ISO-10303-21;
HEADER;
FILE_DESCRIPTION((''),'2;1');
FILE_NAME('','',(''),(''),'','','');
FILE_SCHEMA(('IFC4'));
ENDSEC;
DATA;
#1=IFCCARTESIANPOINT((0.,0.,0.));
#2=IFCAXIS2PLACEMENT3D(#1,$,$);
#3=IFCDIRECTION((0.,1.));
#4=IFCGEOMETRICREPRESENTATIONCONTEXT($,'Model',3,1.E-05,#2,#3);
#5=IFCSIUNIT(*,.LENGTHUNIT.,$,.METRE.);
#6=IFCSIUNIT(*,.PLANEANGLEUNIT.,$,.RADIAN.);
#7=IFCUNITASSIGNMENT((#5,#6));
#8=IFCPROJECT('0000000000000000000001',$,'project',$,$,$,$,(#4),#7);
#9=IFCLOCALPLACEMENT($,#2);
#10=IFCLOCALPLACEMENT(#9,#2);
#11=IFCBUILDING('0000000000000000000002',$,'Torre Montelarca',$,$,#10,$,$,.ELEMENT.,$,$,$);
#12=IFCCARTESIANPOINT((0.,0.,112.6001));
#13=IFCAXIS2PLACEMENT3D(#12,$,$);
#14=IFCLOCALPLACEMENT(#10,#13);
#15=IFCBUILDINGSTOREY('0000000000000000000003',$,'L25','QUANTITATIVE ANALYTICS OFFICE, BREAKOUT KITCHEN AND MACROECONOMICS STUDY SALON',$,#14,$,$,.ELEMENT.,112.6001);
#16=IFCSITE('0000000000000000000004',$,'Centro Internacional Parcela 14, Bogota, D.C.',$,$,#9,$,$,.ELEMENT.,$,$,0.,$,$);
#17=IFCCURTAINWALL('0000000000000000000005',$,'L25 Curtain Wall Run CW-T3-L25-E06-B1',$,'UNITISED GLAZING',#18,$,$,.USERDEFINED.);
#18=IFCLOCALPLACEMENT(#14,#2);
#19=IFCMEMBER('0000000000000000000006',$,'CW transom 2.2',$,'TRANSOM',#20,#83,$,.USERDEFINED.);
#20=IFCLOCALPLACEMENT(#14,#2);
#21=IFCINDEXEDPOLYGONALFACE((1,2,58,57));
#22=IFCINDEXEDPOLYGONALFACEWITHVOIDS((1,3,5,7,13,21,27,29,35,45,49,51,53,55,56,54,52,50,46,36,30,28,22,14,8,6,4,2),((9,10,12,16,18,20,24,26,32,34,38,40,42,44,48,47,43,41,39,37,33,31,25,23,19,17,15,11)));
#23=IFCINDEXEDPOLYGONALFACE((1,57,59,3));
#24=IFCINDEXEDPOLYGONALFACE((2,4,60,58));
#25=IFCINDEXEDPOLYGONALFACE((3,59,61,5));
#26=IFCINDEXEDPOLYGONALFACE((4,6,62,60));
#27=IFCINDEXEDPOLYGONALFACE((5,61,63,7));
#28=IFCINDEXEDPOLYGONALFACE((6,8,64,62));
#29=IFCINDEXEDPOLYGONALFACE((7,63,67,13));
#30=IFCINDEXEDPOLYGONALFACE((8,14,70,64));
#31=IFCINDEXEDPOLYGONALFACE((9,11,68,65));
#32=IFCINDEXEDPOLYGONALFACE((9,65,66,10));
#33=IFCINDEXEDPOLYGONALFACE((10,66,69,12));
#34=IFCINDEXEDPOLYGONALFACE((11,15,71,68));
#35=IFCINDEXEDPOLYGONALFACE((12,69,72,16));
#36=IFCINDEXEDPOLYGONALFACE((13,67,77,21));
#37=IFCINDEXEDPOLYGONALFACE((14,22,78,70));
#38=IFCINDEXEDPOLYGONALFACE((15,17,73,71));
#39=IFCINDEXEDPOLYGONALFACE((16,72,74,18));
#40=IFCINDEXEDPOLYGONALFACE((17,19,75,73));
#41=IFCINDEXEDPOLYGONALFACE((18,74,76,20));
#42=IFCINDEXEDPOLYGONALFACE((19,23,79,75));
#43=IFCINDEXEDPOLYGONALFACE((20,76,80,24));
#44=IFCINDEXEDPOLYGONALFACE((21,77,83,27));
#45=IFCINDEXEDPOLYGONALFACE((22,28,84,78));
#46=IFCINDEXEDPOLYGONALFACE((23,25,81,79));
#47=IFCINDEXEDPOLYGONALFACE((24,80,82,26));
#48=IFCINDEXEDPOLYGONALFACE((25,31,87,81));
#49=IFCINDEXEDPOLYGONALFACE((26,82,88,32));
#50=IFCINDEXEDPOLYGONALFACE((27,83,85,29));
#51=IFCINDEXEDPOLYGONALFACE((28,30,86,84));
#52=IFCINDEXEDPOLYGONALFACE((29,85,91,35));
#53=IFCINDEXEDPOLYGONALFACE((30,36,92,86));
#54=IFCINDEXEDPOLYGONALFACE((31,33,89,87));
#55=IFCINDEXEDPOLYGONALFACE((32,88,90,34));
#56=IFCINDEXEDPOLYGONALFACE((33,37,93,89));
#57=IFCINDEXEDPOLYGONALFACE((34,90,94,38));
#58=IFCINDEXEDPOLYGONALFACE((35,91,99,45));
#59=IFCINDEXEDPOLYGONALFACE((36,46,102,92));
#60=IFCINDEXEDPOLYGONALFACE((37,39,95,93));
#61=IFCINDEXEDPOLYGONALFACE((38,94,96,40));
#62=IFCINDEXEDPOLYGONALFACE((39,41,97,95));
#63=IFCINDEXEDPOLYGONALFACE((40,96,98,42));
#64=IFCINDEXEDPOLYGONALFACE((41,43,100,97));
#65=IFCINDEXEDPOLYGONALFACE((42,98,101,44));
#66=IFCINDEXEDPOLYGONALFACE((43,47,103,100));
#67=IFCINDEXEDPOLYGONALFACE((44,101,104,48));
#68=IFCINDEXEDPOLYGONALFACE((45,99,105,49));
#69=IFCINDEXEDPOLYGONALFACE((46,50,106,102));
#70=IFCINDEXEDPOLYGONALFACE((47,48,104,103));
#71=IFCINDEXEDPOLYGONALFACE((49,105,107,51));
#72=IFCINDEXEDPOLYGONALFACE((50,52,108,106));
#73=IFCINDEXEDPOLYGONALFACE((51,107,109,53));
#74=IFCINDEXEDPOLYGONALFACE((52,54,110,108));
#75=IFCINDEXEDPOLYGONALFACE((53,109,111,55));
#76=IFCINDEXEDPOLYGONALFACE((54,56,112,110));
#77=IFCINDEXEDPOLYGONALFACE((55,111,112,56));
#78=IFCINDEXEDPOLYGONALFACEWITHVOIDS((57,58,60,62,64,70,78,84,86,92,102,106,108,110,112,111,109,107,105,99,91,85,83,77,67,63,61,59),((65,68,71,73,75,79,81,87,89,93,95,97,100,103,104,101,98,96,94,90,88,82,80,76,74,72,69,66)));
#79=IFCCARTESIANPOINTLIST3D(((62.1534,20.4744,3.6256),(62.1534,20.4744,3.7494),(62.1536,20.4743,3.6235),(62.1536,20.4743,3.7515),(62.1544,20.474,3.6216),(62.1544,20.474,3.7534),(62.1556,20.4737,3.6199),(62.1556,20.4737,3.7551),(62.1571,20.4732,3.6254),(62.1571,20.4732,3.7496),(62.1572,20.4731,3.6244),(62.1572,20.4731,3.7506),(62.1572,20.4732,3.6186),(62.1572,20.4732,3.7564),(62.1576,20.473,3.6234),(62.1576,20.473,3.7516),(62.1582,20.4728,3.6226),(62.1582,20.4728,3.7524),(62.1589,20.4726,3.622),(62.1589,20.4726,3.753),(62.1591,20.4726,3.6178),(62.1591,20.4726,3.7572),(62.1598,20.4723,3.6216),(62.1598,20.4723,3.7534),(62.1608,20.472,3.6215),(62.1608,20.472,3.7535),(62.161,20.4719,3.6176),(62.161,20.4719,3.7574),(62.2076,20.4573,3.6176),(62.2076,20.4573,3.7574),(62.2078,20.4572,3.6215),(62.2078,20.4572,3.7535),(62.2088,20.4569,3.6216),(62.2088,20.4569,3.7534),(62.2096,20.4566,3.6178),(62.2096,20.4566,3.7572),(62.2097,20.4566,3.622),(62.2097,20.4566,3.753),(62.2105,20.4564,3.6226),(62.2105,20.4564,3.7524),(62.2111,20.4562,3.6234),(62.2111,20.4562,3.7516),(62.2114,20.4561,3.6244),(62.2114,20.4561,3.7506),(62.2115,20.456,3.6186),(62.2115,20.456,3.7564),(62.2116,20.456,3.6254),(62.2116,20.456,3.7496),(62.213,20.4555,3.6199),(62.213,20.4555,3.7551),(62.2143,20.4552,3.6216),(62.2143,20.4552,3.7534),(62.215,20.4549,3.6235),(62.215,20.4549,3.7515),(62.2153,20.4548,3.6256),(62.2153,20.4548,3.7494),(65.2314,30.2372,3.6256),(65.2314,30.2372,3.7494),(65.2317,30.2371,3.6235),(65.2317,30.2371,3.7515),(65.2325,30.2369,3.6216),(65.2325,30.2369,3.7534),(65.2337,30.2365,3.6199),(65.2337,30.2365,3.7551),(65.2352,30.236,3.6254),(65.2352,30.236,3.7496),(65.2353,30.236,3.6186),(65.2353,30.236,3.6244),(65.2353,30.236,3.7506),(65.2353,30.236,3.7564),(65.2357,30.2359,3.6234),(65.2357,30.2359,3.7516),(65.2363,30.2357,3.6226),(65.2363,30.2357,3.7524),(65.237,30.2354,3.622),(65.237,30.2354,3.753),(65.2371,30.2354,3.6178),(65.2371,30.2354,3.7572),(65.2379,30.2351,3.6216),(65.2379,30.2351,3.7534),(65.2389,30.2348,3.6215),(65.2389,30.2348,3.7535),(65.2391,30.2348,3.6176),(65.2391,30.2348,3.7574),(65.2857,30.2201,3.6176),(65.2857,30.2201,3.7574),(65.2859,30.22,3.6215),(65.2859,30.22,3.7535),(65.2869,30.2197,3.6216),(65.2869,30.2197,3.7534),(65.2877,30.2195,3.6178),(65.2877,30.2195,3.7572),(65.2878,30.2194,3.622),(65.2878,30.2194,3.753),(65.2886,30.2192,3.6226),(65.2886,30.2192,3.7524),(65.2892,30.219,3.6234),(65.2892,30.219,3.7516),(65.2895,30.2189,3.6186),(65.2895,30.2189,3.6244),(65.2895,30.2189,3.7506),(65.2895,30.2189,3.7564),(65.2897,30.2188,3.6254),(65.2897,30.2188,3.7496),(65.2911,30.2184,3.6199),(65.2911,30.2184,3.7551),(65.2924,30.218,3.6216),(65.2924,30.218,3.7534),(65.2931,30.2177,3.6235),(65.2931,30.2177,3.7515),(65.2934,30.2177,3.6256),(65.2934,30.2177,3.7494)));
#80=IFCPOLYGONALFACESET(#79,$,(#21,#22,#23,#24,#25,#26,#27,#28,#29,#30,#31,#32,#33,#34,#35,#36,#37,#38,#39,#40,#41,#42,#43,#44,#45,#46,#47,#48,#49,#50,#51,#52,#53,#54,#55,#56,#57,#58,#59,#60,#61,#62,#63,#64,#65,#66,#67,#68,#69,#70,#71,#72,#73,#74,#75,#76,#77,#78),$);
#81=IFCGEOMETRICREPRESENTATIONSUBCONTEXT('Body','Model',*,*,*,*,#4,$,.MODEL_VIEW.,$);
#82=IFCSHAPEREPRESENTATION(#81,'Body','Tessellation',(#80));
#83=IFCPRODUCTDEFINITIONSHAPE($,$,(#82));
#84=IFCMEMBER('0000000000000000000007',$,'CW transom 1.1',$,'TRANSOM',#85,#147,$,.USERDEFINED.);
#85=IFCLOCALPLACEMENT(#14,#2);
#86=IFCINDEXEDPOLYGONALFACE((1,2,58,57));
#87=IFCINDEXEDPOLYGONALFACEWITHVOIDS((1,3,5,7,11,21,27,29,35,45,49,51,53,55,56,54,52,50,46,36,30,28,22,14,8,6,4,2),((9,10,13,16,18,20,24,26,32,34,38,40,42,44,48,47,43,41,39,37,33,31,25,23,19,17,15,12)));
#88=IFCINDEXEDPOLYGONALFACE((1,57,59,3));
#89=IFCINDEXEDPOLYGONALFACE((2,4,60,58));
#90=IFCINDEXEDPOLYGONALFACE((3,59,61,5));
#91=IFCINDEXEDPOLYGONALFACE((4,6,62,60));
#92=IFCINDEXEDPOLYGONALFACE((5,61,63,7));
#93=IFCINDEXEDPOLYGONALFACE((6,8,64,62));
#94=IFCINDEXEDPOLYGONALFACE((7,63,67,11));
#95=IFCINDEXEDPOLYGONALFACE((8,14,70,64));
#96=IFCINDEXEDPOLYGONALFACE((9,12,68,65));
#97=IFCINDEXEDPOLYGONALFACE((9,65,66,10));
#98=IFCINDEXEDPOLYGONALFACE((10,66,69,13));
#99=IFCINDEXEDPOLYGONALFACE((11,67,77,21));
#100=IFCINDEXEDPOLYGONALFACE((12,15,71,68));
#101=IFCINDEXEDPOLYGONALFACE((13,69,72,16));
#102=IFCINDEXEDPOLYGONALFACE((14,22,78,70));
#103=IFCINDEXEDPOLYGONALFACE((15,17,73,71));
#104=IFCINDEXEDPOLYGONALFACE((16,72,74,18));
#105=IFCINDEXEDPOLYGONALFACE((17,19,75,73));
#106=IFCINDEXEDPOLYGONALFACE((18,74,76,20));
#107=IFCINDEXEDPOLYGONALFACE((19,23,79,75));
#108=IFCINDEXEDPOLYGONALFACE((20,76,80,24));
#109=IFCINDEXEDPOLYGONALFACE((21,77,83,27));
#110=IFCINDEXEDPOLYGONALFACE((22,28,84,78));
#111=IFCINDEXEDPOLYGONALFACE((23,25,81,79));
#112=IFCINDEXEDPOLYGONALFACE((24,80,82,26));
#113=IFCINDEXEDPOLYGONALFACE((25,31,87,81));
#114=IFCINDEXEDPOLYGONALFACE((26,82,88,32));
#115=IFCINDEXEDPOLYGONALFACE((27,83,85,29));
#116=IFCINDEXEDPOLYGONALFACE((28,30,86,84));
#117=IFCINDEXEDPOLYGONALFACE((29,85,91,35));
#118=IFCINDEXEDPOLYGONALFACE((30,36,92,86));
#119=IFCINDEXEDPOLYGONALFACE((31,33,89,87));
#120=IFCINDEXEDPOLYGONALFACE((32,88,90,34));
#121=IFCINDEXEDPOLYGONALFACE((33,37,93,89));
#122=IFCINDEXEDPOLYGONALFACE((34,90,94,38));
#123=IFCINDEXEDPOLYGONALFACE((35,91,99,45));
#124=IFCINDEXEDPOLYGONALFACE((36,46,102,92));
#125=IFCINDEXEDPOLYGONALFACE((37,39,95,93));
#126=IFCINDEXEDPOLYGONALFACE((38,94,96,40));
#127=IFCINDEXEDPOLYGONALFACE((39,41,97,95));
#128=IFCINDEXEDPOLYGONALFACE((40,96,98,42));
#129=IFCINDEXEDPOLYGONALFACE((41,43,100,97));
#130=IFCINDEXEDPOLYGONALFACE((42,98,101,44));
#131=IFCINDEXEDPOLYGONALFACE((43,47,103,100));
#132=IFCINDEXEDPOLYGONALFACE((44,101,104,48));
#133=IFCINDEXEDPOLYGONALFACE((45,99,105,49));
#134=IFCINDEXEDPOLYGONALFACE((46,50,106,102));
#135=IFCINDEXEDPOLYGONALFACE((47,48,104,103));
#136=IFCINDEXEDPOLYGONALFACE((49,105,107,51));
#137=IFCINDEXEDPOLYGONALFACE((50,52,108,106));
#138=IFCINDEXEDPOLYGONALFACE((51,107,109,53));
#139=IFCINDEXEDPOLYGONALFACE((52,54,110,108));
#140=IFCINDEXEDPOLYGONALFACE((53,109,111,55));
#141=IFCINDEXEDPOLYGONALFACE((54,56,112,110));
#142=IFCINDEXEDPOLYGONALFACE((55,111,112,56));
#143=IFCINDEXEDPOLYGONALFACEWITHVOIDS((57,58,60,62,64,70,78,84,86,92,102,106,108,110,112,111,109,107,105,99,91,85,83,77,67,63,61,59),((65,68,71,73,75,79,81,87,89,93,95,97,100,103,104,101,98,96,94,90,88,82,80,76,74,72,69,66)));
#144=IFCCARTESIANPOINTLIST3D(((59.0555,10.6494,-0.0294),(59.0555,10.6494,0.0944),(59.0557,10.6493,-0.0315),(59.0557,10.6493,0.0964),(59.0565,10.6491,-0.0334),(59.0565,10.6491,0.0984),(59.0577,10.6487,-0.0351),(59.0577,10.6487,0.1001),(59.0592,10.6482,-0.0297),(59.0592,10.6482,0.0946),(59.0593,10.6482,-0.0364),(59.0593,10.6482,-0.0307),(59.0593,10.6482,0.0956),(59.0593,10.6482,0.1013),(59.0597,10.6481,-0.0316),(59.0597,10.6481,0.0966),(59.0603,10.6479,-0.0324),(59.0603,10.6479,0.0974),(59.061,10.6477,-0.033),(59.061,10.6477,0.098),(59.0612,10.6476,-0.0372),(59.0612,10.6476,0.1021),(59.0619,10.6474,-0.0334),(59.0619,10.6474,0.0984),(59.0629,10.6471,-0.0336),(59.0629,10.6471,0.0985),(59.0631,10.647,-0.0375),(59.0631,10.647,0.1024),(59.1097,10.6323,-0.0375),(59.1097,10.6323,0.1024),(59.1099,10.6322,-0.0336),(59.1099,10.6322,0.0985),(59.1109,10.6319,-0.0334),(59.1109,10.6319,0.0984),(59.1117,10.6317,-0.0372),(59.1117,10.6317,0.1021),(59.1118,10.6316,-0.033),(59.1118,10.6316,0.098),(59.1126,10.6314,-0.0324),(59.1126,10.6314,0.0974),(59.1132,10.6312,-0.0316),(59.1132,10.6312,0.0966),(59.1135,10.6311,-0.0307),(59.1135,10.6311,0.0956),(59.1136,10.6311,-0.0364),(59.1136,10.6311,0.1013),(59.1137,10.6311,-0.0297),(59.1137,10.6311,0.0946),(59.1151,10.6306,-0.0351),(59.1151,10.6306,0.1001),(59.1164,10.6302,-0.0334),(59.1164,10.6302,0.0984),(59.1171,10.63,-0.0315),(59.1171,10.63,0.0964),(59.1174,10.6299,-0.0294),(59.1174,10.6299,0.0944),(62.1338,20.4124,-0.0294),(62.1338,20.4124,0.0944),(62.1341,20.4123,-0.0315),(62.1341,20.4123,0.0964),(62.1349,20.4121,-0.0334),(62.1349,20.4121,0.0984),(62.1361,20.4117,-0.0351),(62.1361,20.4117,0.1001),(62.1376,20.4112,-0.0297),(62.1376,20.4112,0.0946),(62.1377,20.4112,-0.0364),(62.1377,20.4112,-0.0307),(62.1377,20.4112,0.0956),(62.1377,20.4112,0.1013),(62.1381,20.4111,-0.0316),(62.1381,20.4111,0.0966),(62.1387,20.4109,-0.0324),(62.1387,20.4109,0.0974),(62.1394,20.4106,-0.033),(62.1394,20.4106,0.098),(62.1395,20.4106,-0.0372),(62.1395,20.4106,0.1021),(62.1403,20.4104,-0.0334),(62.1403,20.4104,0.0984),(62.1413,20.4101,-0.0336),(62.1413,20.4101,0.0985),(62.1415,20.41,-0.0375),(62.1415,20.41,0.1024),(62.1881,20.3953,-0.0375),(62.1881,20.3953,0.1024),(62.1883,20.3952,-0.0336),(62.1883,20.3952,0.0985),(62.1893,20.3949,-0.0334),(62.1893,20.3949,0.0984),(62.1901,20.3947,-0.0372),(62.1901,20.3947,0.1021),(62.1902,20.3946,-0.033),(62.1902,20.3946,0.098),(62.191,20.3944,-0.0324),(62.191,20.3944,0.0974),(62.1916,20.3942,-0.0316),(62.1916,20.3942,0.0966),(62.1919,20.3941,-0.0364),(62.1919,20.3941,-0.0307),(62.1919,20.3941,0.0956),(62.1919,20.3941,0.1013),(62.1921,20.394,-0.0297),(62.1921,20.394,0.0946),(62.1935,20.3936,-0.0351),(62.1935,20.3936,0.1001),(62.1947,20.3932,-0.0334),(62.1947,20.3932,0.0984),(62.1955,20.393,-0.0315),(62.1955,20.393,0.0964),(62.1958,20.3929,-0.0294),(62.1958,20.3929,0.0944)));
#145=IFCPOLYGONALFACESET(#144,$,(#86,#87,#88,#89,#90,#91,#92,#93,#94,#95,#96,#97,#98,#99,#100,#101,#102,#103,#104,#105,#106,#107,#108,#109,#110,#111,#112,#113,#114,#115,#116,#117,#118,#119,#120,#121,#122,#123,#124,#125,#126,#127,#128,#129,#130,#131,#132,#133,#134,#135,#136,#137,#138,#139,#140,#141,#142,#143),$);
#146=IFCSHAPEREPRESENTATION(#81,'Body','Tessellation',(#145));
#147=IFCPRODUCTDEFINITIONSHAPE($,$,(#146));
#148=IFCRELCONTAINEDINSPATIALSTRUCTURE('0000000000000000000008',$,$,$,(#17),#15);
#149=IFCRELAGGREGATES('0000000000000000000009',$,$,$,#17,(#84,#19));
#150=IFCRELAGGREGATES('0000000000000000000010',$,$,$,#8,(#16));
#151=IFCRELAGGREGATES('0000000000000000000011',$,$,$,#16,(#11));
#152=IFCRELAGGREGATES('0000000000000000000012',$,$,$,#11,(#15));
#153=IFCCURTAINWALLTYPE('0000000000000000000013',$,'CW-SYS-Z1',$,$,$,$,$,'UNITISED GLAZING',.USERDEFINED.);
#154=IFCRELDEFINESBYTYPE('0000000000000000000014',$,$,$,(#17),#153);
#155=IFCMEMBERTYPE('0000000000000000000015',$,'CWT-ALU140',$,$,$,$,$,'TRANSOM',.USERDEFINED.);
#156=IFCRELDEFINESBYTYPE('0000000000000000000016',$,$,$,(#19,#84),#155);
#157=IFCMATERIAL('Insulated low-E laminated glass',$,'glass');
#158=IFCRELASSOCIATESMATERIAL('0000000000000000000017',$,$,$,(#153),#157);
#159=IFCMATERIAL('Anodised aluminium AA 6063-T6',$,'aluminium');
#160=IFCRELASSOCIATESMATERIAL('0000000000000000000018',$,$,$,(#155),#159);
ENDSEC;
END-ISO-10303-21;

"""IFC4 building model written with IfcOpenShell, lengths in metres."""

from ifc_helpers import new_model, si_unit, direction, frame, origin, origin_2d, place, context, subcontext, project, spatial, hollow_rectangle, extrude, source, transform, mapped, material, material_profile, profile_set, type_object, element, aggregate, save


model = new_model("IFC4")

# Units and contexts
model_context = context("Model", 3, precision=1e-05, world=origin(), true_north=direction((0.0, 1.0)))
body_context = subcontext(model_context, "Body", "Model", "MODEL_VIEW")
ifc_project = project(units=[si_unit("LENGTHUNIT", "METRE"), si_unit("PLANEANGLEUNIT", "RADIAN")], contexts=[model_context])

# Site, building, storey
site_placement = place(None, origin())
site = spatial("IfcSite", under=ifc_project, at=site_placement, Name="Centro Internacional Parcela 14, Bogota, D.C.", CompositionType="ELEMENT", RefElevation=0.0)
building_placement = place(site_placement, origin())
building = spatial("IfcBuilding", under=site, at=building_placement, Name="Torre Montelarca", CompositionType="ELEMENT")
storey_placement = place(building_placement, frame((0.0, 0.0, 112.6001)))
storey = spatial("IfcBuildingStorey", under=building, at=storey_placement, Name="L25", Description="QUANTITATIVE ANALYTICS OFFICE, BREAKOUT KITCHEN AND MACROECONOMICS STUDY SALON", CompositionType="ELEMENT", Elevation=112.6001)

# Curtain wall, members
ifc_material_1 = material(Name="Insulated low-E laminated glass", Category="glass")
curtain_wall_type = type_object("IfcCurtainWallType", Name="CW-SYS-Z1", ElementType="UNITISED GLAZING", PredefinedType="USERDEFINED", material=ifc_material_1)
ifc_material_2 = material(Name="Anodised aluminium AA 6063-T6", Category="aluminium")
ifc_material_profile_1 = material_profile(ifc_material_2, hollow_rectangle(XDim=0.0649, YDim=0.1399, WallThickness=0.0039, InnerFilletRadius=0.0039, OuterFilletRadius=0.0081, at=origin_2d()), Name="ALU65X140X4", Category="aluminium")
ifc_profile_set_1 = profile_set([ifc_material_profile_1], Name="Anodised aluminium AA 6063-T6")
member_type_1 = type_object("IfcMemberType", Name="CWT-ALU140", ElementType="TRANSOM", PredefinedType="USERDEFINED", material=ifc_profile_set_1)
curtain_wall_1_placement = place(storey_placement, origin())
curtain_wall_1 = element("IfcCurtainWall", 1, at=curtain_wall_1_placement, inside=storey, type_object=curtain_wall_type, Name="L25 Curtain Wall Run CW-T3-L25-E06-B1", ObjectType="UNITISED GLAZING", PredefinedType="USERDEFINED")
shared_shape_1 = source(origin(), body_context, "Body", "SweptSolid", [
    extrude(hollow_rectangle(XDim=0.0649, YDim=0.1399, WallThickness=0.0039, InnerFilletRadius=0.0039, OuterFilletRadius=0.0081, at=origin_2d()), origin(), (0.0, 0.0, 1.0), 10.2366),
])
member_1_placement = place(storey_placement, frame((62.1843, 20.4646, 3.6875), z_axis=(0.300695, 0.95372, 0.0), x_axis=(-0.95372, 0.300695, 0.0)))
member_1 = element("IfcMember", 2, at=member_1_placement, type_object=member_type_1, Name="CW transom 2.2", ObjectType="TRANSOM", PredefinedType="USERDEFINED", context=body_context, shape_type="MappedRepresentation", body=[
    mapped(shared_shape_1, transform((0.0, 0.0, 0.0), scale=1.0)),
])
shared_shape_2 = source(origin(), body_context, "Body", "SweptSolid", [
    extrude(hollow_rectangle(XDim=0.0649, YDim=0.1399, WallThickness=0.0039, InnerFilletRadius=0.0039, OuterFilletRadius=0.0081, at=origin_2d()), origin(), (0.0, 0.0, 1.0), 10.2368),
])
member_2_placement = place(storey_placement, frame((59.0864, 10.6396, 0.0325), z_axis=(0.300717, 0.953713, 0.0), x_axis=(-0.953713, 0.300717, 0.0)))
member_2 = element("IfcMember", 3, at=member_2_placement, type_object=member_type_1, Name="CW transom 1.1", ObjectType="TRANSOM", PredefinedType="USERDEFINED", context=body_context, shape_type="MappedRepresentation", body=[
    mapped(shared_shape_2, transform((0.0, 0.0, 0.0), scale=1.0)),
])

aggregate(curtain_wall_1, [member_2, member_1])

save(model, "model.ifc")
